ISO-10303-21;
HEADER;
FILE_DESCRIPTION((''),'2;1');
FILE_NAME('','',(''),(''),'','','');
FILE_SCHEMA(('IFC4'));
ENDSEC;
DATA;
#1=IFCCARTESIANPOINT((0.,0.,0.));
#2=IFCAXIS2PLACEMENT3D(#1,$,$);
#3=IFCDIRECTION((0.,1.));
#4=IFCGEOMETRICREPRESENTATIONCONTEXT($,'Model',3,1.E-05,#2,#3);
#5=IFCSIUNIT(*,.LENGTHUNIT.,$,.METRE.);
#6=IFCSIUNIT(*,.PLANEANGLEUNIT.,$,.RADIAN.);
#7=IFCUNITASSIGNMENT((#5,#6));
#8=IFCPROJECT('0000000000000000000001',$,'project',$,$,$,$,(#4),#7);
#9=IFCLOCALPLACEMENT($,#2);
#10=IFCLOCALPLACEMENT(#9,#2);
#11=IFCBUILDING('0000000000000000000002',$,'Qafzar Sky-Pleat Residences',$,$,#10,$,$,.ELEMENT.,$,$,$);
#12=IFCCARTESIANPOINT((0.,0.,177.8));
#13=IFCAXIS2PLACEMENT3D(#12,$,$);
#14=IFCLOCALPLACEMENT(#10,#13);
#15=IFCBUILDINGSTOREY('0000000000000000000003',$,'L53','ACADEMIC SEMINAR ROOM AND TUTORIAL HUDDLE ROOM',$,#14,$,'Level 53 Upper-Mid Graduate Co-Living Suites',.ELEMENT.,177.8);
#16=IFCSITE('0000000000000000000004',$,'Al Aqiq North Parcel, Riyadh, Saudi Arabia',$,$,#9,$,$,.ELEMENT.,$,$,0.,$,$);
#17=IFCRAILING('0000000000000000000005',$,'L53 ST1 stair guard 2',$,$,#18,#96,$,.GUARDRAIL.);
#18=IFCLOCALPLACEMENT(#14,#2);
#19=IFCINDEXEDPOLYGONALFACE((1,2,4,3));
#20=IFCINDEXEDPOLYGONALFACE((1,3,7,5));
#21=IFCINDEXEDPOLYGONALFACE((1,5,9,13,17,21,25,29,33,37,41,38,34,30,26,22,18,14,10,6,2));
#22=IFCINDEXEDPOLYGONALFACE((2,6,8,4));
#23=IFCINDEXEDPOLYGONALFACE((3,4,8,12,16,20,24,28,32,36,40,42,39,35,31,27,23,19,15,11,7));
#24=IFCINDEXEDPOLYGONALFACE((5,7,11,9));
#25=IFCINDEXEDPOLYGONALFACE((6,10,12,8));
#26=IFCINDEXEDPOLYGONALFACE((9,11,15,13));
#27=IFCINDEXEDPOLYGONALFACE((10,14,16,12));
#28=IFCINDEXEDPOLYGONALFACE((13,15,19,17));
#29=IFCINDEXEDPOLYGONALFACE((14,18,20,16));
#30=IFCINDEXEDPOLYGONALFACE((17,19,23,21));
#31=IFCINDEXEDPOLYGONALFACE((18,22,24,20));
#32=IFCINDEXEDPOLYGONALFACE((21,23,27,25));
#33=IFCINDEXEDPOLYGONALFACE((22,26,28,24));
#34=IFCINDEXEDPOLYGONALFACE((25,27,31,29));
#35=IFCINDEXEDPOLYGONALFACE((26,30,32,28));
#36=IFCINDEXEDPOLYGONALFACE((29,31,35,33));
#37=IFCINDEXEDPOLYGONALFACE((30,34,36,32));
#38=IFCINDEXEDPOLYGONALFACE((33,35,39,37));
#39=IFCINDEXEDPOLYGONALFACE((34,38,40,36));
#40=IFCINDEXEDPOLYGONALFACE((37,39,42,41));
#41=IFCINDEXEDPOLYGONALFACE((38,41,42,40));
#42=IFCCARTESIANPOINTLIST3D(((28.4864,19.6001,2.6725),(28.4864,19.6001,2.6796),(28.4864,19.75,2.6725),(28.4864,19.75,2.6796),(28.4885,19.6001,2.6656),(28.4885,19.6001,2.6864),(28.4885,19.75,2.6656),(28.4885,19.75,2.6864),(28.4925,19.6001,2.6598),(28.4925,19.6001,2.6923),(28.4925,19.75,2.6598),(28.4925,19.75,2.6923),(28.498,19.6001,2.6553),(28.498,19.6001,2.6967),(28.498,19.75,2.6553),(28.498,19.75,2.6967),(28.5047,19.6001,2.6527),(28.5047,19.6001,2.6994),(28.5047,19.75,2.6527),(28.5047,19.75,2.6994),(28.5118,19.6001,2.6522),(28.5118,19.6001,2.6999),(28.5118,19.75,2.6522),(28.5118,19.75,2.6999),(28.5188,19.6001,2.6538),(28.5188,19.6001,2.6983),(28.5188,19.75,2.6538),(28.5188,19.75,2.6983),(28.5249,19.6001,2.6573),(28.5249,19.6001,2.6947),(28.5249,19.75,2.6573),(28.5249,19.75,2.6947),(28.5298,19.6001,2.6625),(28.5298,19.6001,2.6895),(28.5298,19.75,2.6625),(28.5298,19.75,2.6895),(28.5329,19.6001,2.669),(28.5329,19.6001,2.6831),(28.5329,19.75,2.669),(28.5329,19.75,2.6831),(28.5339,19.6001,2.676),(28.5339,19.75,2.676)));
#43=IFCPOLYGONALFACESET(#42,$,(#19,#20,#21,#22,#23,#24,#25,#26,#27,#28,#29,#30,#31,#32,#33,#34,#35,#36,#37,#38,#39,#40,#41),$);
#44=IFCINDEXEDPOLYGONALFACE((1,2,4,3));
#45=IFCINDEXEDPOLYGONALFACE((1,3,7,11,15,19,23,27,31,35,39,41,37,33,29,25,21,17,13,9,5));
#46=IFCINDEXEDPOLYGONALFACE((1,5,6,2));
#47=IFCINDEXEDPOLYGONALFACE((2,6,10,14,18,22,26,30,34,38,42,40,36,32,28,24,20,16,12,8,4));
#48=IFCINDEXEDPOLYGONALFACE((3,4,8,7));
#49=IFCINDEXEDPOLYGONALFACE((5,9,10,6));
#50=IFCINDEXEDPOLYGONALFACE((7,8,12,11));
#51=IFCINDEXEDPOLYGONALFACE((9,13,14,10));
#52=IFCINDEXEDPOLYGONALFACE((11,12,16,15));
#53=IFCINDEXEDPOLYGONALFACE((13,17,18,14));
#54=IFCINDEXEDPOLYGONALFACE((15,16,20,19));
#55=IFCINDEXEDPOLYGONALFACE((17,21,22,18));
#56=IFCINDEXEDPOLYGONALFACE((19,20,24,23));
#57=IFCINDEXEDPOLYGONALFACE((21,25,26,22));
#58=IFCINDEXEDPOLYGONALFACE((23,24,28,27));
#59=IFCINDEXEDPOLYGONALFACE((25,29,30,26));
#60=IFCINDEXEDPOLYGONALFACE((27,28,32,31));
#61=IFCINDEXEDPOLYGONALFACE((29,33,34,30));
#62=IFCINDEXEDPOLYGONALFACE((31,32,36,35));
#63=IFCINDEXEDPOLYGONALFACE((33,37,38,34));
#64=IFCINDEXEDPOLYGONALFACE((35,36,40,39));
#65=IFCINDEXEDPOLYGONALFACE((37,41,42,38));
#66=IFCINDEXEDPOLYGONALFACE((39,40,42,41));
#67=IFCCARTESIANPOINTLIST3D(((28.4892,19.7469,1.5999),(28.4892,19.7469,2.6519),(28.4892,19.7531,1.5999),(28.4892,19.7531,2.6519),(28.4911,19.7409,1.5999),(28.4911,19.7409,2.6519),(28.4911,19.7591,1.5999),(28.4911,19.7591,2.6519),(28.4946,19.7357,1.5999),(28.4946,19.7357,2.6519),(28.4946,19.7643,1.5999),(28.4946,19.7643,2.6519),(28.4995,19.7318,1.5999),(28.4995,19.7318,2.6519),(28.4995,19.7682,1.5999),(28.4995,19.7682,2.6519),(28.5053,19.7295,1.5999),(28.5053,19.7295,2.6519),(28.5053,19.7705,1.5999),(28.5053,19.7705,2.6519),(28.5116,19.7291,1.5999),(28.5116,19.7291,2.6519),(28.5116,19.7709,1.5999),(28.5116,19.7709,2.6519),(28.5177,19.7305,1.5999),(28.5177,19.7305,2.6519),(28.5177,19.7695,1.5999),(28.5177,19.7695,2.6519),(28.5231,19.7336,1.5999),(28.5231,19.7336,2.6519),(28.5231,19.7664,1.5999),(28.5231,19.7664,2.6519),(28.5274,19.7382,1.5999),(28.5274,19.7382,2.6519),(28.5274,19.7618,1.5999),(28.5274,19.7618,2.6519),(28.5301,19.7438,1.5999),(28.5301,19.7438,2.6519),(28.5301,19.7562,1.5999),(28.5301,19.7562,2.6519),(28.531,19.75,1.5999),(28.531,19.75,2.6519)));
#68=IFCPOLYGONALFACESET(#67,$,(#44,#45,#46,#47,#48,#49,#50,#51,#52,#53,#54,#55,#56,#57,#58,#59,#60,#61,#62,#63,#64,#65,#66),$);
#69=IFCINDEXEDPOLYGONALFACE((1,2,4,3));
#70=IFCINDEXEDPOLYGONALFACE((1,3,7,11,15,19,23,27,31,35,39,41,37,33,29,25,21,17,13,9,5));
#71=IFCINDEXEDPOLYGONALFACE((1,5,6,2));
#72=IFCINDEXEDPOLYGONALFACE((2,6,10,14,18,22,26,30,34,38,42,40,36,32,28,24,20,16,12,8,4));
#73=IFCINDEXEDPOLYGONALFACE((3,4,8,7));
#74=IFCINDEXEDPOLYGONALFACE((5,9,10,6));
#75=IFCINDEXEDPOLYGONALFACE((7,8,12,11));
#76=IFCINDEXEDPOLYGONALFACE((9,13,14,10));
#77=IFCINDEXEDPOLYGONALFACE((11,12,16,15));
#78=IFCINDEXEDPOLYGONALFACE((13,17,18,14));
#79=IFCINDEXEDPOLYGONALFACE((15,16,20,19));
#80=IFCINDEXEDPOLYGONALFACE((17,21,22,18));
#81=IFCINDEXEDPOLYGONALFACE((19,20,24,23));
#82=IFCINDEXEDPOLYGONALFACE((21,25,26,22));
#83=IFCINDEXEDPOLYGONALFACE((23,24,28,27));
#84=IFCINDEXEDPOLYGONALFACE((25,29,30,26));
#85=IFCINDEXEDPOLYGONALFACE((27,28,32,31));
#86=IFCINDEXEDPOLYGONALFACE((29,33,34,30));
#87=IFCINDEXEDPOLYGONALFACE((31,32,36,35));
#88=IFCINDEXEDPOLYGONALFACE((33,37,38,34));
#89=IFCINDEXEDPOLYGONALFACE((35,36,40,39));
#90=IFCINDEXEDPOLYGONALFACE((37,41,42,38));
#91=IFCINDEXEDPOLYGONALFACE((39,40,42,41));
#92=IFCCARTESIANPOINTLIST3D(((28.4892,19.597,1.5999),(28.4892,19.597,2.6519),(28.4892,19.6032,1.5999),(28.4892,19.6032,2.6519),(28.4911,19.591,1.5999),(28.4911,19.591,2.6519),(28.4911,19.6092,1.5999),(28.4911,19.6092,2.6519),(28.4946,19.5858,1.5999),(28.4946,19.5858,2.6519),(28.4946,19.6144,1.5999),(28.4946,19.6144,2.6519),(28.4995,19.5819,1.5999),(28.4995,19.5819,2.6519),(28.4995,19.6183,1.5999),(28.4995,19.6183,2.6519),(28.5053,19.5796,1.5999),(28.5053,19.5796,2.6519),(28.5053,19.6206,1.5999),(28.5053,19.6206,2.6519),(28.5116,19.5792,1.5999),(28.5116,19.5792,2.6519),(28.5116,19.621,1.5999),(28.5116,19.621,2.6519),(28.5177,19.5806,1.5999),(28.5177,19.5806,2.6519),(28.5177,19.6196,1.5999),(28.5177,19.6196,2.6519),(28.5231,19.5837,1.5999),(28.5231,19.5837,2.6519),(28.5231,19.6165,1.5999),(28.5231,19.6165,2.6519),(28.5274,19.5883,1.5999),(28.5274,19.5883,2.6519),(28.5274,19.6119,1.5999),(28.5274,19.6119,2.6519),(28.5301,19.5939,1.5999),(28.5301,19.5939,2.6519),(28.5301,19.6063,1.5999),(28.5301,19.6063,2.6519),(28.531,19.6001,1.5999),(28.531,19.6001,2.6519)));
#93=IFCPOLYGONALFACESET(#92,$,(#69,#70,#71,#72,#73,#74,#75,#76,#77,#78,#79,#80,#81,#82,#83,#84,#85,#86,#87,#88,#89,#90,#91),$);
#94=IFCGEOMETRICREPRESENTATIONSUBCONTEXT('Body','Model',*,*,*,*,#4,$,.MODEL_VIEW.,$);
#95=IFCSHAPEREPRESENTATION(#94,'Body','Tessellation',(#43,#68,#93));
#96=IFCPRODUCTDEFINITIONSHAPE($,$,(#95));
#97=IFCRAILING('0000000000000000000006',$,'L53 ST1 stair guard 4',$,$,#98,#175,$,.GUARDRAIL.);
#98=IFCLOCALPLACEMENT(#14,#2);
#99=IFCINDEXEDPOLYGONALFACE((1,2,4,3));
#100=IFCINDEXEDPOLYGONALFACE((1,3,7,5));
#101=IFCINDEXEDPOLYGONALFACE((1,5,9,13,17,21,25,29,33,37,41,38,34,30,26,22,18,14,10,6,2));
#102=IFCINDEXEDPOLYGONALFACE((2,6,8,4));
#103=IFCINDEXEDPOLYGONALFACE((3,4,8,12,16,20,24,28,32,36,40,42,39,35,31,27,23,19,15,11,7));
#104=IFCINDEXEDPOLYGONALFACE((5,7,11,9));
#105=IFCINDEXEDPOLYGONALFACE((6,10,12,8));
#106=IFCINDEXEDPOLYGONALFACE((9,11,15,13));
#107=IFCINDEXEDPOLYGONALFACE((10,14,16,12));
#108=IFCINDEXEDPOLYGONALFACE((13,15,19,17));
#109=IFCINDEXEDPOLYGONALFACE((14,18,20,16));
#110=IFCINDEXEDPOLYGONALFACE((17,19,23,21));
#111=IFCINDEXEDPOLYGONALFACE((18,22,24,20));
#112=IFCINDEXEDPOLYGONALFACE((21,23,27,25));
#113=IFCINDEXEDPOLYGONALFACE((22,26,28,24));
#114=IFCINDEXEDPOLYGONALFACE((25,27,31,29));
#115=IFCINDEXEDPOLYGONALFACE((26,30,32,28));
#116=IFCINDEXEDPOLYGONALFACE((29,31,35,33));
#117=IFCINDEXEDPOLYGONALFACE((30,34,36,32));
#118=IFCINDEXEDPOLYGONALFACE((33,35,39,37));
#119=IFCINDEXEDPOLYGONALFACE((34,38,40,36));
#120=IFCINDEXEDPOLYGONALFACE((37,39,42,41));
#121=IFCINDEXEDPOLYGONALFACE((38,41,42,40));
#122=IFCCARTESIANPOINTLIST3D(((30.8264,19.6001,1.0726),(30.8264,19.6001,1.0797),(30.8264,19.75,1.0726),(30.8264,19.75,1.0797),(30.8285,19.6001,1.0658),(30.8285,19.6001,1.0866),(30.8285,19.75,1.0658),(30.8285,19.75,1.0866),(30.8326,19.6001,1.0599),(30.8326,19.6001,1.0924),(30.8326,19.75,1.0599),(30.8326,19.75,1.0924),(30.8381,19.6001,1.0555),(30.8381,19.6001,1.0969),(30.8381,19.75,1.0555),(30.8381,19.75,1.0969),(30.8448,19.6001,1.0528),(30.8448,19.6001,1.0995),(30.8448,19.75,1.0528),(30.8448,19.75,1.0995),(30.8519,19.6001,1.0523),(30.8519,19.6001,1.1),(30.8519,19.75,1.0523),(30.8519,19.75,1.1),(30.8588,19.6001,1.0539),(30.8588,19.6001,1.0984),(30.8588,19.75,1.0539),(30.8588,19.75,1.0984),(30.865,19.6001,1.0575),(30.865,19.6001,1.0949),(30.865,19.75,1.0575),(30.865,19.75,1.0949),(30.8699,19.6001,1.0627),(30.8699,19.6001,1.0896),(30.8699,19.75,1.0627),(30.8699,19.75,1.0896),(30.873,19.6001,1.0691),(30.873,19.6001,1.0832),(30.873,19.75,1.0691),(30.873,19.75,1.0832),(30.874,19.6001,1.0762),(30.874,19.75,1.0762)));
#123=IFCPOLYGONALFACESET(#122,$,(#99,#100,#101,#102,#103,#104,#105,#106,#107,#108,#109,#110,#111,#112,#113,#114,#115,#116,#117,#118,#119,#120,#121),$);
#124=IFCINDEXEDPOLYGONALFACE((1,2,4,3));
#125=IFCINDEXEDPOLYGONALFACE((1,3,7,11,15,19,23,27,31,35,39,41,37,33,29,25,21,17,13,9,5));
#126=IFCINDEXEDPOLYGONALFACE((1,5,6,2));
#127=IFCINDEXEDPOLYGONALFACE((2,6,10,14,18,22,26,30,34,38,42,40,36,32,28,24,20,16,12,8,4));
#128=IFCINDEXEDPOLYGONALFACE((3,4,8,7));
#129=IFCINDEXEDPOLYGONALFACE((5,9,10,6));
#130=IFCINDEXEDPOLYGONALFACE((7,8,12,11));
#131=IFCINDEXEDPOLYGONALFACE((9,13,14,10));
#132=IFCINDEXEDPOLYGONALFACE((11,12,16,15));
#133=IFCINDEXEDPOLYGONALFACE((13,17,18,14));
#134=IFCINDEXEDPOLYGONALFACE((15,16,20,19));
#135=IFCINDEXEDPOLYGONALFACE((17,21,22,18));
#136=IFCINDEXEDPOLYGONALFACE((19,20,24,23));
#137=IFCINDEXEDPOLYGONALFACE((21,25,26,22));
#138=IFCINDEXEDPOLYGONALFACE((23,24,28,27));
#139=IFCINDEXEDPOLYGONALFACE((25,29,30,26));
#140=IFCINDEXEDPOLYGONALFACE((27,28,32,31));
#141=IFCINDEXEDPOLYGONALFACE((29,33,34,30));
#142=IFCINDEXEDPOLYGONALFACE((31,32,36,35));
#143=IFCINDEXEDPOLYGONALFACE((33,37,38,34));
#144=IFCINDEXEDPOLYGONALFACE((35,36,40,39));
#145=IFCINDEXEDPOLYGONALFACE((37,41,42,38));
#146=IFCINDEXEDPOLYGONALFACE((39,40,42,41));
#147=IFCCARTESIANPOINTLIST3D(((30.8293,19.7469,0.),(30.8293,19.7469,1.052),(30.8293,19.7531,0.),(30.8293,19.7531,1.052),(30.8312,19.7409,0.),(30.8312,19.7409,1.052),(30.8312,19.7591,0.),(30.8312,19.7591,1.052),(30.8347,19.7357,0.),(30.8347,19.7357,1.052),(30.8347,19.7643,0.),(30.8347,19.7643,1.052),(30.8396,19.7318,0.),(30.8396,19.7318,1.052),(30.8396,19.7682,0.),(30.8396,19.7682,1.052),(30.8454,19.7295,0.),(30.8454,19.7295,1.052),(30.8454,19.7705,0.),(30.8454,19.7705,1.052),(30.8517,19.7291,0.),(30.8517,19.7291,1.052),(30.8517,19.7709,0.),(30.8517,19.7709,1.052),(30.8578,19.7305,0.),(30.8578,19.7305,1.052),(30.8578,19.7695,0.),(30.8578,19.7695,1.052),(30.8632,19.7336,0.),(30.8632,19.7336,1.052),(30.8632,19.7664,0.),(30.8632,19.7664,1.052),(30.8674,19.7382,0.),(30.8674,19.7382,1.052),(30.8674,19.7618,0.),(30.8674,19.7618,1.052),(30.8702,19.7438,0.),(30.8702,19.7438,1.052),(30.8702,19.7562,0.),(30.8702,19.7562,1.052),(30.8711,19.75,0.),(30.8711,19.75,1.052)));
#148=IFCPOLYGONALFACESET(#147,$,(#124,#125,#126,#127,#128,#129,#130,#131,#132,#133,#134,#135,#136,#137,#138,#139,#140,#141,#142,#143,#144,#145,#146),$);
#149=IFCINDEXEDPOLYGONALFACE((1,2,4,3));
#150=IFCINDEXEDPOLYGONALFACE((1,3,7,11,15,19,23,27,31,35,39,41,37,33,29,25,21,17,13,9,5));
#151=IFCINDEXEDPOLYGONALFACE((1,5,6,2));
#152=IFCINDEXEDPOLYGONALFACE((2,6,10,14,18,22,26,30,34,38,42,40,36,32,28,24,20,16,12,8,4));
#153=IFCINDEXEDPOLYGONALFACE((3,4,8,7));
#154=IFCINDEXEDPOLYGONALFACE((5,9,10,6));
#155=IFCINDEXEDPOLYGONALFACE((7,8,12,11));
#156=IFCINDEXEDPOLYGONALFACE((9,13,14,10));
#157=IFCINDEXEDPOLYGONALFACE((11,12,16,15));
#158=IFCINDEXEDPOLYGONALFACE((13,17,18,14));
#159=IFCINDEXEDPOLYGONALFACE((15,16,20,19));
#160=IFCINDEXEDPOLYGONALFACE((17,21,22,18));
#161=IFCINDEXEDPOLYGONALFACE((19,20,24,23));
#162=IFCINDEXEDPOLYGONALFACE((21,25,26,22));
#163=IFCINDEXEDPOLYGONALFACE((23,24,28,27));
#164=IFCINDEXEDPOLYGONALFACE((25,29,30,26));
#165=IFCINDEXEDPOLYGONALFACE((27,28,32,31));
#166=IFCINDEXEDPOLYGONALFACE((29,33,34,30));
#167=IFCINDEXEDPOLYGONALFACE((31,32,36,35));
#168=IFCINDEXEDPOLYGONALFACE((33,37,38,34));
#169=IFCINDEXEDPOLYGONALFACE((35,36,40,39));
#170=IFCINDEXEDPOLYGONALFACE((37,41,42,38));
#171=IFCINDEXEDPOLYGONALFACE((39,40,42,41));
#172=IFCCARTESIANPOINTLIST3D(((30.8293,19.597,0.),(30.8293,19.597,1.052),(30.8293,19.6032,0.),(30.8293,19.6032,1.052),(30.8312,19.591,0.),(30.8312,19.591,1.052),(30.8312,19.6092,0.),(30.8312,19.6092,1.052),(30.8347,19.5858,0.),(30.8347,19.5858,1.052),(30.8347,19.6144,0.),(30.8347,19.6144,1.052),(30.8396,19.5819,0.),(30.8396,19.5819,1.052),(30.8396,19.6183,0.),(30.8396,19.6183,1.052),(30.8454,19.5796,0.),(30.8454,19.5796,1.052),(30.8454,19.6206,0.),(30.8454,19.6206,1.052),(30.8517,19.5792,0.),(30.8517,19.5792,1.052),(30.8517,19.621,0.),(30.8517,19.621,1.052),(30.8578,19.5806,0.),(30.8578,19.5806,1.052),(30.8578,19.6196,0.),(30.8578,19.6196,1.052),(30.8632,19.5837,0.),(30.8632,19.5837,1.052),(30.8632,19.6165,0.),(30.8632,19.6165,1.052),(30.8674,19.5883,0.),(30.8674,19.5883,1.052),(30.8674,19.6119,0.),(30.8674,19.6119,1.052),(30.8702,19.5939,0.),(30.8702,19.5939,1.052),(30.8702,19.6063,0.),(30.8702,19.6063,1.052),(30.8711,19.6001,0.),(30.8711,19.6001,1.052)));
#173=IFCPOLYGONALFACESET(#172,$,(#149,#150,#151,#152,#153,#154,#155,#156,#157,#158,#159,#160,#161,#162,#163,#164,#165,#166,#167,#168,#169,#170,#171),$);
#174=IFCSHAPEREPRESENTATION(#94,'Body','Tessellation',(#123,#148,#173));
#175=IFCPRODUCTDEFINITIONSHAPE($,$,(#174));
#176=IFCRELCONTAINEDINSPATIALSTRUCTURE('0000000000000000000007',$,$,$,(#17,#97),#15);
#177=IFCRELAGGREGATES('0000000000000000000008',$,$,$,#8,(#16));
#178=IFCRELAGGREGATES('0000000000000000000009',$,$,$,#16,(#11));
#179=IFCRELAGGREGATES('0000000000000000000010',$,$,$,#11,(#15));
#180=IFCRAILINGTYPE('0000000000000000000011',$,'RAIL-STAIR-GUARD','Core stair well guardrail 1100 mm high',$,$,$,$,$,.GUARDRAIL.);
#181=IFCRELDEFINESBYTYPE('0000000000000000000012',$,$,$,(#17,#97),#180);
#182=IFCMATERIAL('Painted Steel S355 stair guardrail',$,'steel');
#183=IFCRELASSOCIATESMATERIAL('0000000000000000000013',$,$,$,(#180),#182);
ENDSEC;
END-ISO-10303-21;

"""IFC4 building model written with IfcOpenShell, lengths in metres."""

from ifc_helpers import new_model, si_unit, direction, frame, origin, origin_2d, place, context, subcontext, project, spatial, circle, extrude, source, transform, mapped, material, type_object, element, save


model = new_model("IFC4")

# Units and contexts
model_context = context("Model", 3, precision=1e-05, world=origin(), true_north=direction((0.0, 1.0)))
body_context = subcontext(model_context, "Body", "Model", "MODEL_VIEW")
ifc_project = project(units=[si_unit("LENGTHUNIT", "METRE"), si_unit("PLANEANGLEUNIT", "RADIAN")], contexts=[model_context])

# Site, building, storey
site_placement = place(None, origin())
site = spatial("IfcSite", under=ifc_project, at=site_placement, Name="Al Aqiq North Parcel, Riyadh, Saudi Arabia", CompositionType="ELEMENT", RefElevation=0.0)
building_placement = place(site_placement, origin())
building = spatial("IfcBuilding", under=site, at=building_placement, Name="Qafzar Sky-Pleat Residences", CompositionType="ELEMENT")
storey_placement = place(building_placement, frame((0.0, 0.0, 177.8)))
storey = spatial("IfcBuildingStorey", under=building, at=storey_placement, Name="L53", Description="ACADEMIC SEMINAR ROOM AND TUTORIAL HUDDLE ROOM", LongName="Level 53 Upper-Mid Graduate Co-Living Suites", CompositionType="ELEMENT", Elevation=177.8)

# Railings
ifc_material_1 = material(Name="Painted Steel S355 stair guardrail", Category="steel")
railing_type_1 = type_object("IfcRailingType", Name="RAIL-STAIR-GUARD", Description="Core stair well guardrail 1100 mm high", PredefinedType="GUARDRAIL", material=ifc_material_1)
shared_shape_1 = source(origin(), body_context, "Body", "SweptSolid", [
    extrude(circle(Radius=0.0239, at=origin_2d()), frame((0.0, 0.0, 1.0762), z_axis=(0.0, -1.0, 0.0), x_axis=(1.0, 0.0, 0.0)), (0.0, 0.0, 1.0), 0.1499),
    extrude(circle(Radius=0.021, at=origin_2d()), origin(), (0.0, 0.0, 1.0), 1.052),
    extrude(circle(Radius=0.021, at=origin_2d()), frame((0.0, -0.1499, 0.0)), (0.0, 0.0, 1.0), 1.052),
])
for number, where, name in (
    (1, (28.51, 19.75, 1.5999), "L53 ST1 stair guard 2"),
    (2, (30.8501, 19.75, 0.0), "L53 ST1 stair guard 4"),
):
    element("IfcRailing", number, at=place(storey_placement, frame(where)), inside=storey, type_object=railing_type_1, Name=name, PredefinedType="GUARDRAIL", context=body_context, shape_type="MappedRepresentation", body=[
        mapped(shared_shape_1, transform((0.0, 0.0, 0.0), x_axis=(1.0, 0.0, 0.0), y_axis=(0.0, 1.0, 0.0), z_axis=(0.0, 0.0, 1.0), scale=1.0)),
    ])

save(model, "model.ifc")
